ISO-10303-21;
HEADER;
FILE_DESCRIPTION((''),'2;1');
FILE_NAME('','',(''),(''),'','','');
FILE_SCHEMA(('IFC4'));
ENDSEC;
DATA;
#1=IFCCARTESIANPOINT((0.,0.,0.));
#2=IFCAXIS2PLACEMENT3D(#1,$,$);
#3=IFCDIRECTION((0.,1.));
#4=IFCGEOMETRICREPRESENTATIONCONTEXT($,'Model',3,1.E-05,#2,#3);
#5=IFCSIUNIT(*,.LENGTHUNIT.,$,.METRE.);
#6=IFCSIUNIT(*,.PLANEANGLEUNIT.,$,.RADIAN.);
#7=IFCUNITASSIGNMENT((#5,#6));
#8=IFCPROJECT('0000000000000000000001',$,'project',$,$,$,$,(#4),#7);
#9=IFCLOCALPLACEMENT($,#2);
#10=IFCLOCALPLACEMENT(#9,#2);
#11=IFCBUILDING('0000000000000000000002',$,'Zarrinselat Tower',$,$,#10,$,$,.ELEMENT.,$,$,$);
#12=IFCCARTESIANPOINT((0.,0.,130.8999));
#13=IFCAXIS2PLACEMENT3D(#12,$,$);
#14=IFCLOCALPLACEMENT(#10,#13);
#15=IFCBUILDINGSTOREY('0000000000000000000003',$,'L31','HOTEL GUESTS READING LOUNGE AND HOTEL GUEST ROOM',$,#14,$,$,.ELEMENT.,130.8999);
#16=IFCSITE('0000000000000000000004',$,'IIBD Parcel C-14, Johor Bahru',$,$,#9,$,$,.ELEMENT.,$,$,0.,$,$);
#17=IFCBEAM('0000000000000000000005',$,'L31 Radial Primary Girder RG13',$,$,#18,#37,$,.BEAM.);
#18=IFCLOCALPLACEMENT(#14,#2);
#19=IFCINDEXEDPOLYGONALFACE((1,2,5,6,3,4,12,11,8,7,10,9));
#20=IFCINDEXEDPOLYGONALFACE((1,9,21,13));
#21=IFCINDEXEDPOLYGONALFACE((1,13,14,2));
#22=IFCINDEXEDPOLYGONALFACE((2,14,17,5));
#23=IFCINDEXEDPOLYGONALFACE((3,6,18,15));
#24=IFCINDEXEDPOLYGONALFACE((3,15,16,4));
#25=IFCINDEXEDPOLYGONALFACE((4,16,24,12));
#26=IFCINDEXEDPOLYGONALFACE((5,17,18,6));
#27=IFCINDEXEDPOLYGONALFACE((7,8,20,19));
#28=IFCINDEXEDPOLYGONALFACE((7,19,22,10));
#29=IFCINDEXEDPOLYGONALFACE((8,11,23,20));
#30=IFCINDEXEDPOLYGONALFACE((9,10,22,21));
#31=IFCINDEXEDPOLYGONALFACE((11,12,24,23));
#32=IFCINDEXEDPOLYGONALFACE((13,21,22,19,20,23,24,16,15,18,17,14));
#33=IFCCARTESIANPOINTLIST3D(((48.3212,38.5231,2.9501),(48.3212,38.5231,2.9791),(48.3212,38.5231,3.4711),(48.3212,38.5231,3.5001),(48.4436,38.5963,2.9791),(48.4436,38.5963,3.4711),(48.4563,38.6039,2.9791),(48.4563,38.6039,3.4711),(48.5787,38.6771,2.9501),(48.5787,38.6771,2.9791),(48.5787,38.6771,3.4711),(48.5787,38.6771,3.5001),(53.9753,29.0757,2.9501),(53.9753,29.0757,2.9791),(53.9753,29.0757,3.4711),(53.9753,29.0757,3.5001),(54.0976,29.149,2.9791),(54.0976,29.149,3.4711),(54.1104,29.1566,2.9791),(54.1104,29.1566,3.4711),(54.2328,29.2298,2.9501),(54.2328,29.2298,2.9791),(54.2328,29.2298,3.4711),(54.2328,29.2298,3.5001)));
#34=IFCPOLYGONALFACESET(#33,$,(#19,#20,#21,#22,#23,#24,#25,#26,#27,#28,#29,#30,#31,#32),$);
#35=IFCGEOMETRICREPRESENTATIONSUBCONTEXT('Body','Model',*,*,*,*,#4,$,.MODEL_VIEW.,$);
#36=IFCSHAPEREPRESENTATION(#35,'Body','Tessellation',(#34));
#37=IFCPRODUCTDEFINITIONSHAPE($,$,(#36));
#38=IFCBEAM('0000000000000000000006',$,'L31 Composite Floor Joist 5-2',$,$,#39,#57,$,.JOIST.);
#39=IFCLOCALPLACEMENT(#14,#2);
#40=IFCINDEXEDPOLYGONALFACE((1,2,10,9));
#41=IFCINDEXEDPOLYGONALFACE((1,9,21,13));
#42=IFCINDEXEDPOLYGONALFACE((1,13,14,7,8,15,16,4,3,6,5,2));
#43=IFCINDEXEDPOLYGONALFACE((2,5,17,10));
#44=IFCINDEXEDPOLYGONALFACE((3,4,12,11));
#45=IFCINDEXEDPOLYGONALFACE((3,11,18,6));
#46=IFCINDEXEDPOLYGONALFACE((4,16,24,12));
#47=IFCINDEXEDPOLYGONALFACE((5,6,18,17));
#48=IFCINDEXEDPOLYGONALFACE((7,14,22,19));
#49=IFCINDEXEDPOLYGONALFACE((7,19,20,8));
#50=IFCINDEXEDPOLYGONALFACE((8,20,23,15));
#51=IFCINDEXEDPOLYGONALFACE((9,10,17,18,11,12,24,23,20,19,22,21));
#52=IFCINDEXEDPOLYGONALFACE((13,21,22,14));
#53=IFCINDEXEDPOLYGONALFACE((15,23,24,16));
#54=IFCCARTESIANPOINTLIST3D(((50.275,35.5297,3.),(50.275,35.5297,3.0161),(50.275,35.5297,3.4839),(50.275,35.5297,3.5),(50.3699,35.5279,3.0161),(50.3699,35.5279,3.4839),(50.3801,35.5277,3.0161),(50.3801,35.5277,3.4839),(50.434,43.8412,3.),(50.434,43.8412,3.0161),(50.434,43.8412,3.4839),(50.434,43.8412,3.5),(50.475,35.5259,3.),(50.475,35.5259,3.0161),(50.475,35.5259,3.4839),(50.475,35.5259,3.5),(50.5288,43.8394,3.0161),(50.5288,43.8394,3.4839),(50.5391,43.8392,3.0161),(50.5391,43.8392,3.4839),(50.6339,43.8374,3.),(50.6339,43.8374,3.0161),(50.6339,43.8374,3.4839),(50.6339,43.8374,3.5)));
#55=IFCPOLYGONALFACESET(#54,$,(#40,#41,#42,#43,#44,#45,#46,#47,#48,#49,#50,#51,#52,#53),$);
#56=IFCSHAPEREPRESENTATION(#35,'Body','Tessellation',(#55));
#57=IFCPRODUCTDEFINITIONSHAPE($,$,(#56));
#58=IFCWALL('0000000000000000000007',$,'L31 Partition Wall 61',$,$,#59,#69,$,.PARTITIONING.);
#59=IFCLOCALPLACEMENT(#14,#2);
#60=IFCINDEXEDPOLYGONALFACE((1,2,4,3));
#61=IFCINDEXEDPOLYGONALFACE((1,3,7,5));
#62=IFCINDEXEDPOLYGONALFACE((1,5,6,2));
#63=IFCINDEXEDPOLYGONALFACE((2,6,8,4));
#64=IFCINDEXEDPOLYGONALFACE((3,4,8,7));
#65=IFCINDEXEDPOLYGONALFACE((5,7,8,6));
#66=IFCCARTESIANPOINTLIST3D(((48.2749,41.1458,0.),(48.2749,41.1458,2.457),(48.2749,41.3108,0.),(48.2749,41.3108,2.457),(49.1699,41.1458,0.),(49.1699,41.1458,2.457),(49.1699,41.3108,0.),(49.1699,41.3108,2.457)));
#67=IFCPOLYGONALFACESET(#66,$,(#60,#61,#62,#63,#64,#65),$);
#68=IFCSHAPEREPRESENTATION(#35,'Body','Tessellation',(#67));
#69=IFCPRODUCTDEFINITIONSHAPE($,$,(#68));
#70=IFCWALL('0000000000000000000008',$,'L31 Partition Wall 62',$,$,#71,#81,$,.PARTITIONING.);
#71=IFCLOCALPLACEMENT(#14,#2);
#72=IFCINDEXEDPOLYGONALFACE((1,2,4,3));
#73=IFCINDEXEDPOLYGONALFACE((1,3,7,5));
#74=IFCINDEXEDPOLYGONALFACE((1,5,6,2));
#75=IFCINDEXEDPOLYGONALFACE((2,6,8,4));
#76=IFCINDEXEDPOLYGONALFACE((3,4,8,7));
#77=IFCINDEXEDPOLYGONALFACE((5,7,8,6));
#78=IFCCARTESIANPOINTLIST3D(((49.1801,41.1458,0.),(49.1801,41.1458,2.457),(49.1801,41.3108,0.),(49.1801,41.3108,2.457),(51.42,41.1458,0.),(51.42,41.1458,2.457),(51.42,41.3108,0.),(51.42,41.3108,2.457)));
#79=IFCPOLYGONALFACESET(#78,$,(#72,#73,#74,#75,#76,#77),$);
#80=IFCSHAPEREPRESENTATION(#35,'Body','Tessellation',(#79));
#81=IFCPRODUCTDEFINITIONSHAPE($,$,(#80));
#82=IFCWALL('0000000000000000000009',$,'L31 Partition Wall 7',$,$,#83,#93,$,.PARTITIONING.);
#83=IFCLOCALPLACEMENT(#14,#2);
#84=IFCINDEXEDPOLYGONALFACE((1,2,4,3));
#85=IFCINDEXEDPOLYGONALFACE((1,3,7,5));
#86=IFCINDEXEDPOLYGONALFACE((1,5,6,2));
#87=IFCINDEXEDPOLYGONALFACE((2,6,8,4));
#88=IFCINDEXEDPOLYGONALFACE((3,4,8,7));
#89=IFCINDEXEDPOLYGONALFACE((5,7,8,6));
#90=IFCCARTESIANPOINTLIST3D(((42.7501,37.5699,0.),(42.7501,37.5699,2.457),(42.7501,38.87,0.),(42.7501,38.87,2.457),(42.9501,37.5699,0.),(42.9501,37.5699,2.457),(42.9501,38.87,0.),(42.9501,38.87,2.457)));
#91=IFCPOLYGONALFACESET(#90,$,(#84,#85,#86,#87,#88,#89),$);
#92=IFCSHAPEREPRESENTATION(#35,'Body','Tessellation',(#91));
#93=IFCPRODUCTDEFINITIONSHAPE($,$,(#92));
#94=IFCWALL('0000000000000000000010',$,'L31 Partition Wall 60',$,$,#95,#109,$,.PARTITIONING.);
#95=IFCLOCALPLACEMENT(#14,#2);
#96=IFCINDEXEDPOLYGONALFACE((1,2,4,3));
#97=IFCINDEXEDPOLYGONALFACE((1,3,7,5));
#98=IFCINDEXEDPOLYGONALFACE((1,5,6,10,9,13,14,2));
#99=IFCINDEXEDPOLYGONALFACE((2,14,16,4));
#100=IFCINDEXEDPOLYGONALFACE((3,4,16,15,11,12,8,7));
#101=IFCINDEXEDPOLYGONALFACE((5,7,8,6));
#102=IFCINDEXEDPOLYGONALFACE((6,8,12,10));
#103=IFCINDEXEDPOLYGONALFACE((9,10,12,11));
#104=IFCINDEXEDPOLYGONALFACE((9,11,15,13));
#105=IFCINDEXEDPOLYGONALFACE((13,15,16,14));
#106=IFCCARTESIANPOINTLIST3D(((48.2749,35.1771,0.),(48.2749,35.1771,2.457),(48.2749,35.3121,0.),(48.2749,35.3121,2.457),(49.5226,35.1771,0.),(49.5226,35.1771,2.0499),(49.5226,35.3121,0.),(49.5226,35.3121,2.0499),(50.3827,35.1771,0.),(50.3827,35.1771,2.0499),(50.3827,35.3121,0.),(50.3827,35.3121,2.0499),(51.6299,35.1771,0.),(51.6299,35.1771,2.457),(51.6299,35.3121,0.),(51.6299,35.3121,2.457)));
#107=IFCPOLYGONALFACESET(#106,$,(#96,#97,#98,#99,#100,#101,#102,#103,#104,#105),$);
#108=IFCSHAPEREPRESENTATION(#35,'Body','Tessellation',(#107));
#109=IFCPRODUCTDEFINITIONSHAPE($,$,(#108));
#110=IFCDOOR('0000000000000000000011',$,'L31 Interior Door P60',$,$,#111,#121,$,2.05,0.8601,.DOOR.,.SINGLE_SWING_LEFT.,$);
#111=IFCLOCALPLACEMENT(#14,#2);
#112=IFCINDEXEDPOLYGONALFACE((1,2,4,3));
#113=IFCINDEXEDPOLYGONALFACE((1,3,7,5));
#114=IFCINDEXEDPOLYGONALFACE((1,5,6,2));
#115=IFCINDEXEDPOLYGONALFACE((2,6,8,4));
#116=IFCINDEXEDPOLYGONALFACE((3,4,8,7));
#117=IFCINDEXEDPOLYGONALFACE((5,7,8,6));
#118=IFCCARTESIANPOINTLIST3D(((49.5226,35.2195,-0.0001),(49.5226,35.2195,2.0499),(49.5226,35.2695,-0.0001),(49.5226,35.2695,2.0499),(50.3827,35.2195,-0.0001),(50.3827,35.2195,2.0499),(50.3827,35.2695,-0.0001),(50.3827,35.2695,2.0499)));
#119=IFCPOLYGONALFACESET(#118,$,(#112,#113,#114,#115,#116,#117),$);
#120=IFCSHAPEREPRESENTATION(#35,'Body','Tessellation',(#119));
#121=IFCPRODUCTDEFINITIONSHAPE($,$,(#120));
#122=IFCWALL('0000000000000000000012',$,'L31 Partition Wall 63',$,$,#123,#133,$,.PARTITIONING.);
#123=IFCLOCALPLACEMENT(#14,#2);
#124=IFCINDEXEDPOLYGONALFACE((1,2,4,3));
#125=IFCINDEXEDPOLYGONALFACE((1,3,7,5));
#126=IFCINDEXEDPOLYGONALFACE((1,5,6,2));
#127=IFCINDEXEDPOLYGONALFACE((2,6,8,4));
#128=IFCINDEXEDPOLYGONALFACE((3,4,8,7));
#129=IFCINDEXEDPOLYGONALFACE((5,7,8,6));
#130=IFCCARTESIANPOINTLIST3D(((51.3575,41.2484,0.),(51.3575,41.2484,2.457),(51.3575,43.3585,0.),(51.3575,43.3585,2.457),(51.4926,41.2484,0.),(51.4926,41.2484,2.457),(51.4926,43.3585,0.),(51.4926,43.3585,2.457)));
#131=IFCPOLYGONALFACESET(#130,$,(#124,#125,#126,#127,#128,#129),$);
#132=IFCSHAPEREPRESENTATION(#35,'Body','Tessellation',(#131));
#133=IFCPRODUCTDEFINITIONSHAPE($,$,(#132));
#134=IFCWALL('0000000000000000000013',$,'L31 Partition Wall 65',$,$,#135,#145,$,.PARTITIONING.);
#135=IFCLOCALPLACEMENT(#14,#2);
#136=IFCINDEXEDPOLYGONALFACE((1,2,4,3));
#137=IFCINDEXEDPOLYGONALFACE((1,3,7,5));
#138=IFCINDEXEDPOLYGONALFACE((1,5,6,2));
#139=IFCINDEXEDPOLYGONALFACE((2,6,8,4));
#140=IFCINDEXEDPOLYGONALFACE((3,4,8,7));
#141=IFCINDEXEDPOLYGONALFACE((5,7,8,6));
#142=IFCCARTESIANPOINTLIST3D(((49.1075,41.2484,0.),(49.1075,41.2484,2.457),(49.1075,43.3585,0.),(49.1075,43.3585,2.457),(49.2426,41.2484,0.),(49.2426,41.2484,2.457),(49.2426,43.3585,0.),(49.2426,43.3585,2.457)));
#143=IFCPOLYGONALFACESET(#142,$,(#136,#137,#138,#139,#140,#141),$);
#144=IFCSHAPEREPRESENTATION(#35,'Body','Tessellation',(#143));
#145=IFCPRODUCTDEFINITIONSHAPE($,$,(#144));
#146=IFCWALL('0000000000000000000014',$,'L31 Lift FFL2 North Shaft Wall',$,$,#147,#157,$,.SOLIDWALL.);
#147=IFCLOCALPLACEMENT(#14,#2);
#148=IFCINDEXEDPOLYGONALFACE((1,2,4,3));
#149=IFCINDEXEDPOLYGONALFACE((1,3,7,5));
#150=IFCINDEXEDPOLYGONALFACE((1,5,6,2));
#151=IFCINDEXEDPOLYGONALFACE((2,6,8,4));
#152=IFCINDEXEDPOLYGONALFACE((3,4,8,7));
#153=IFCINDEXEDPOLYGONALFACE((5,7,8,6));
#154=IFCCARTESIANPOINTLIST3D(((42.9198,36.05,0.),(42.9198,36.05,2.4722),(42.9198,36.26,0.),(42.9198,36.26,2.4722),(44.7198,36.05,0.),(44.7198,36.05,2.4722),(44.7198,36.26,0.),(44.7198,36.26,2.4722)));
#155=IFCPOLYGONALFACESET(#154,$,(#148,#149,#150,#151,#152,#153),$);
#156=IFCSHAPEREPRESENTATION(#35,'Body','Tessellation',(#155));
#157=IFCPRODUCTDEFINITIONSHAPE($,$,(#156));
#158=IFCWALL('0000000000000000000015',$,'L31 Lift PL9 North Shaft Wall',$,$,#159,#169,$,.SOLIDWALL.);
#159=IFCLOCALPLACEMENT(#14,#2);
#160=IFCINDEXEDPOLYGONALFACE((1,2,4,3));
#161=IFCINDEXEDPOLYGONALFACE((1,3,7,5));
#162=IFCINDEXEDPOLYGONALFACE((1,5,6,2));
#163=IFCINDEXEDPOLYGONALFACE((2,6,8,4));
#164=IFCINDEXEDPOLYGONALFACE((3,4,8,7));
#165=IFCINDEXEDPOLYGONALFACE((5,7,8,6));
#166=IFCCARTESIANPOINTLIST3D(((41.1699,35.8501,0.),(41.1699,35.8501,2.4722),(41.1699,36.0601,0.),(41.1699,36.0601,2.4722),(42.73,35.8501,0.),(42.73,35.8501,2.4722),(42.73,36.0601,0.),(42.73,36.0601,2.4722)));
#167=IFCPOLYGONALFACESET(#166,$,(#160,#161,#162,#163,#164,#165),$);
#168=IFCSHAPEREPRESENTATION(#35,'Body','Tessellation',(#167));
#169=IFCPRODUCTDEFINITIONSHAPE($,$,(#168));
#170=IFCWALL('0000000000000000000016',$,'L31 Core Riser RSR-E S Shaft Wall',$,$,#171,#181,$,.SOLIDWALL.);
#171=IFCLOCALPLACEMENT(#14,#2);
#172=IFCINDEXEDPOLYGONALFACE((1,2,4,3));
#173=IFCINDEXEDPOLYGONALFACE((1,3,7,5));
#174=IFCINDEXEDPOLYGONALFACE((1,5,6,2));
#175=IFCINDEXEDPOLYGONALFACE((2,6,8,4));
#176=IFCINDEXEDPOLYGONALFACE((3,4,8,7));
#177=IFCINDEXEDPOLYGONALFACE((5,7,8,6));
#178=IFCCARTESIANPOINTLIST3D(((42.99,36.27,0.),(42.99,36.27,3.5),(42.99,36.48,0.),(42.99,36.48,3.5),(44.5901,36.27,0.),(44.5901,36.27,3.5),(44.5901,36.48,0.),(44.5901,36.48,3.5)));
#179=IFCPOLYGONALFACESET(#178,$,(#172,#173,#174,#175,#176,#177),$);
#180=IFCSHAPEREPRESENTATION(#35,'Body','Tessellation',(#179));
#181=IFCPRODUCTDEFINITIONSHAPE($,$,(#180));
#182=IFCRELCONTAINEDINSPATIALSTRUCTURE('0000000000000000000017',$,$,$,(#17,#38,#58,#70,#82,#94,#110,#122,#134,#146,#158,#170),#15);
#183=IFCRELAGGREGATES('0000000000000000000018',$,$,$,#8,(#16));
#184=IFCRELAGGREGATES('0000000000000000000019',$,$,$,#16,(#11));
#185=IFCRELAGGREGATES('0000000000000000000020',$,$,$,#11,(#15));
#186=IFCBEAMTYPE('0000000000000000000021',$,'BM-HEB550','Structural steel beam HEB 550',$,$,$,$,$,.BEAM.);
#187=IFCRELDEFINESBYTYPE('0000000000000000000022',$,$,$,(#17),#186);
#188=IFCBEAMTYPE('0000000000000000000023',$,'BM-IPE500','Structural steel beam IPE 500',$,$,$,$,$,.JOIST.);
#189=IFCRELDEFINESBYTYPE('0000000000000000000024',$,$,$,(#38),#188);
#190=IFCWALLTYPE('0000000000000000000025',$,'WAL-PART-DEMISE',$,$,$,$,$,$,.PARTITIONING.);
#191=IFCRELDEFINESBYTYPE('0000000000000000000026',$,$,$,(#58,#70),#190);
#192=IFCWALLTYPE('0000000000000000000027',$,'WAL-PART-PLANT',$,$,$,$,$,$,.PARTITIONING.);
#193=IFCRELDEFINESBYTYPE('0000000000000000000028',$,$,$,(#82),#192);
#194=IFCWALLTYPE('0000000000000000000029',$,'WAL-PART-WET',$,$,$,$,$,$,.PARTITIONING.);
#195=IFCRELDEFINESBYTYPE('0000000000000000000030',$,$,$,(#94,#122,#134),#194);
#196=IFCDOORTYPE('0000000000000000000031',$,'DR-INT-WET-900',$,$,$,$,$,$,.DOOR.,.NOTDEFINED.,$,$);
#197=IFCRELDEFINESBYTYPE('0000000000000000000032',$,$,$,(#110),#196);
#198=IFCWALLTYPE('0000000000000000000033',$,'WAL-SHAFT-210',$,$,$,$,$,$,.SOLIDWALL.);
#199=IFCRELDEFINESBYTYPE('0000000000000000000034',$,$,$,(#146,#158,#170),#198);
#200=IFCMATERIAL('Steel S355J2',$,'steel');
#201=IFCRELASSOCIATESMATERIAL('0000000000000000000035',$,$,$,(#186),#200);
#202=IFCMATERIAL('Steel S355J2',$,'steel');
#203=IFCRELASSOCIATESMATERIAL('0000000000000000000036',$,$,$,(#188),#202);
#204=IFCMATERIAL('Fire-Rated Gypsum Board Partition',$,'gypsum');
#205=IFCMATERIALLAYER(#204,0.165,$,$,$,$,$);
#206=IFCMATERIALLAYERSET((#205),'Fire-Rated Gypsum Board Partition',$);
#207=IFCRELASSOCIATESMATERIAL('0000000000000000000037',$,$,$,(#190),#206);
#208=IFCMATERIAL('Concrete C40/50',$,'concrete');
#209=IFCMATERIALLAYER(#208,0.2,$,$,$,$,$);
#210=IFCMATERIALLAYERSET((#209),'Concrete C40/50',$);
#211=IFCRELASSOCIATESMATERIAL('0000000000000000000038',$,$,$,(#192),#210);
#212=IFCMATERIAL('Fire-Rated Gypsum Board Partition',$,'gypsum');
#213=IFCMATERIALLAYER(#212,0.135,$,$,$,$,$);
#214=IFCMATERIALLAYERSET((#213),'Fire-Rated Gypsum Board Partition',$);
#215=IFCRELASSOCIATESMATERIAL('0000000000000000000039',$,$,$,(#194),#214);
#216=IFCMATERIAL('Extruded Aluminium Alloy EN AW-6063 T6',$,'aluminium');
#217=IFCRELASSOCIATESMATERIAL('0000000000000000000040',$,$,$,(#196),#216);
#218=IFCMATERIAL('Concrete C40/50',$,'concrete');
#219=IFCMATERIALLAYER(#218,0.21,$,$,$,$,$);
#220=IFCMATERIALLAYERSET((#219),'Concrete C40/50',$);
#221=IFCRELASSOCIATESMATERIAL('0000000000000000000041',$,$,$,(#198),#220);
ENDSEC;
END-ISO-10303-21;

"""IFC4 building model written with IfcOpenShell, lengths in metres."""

from ifc_helpers import new_model, si_unit, direction, frame, frame_2d, origin, origin_2d, place, context, subcontext, project, spatial, rectangle, i_section, extrude, material, layer, layer_set, material_profile, profile_set, type_object, element, fill, save


model = new_model("IFC4")

# Units and contexts
model_context = context("Model", 3, precision=1e-05, world=origin(), true_north=direction((0.0, 1.0)))
body_context = subcontext(model_context, "Body", "Model", "MODEL_VIEW")
ifc_project = project(units=[si_unit("LENGTHUNIT", "METRE"), si_unit("PLANEANGLEUNIT", "RADIAN")], contexts=[model_context])

# Site, building, storey
site_placement = place(None, origin())
site = spatial("IfcSite", under=ifc_project, at=site_placement, Name="IIBD Parcel C-14, Johor Bahru", CompositionType="ELEMENT", RefElevation=0.0)
building_placement = place(site_placement, origin())
building = spatial("IfcBuilding", under=site, at=building_placement, Name="Zarrinselat Tower", CompositionType="ELEMENT")
storey_placement = place(building_placement, frame((0.0, 0.0, 130.8999)))
storey = spatial("IfcBuildingStorey", under=building, at=storey_placement, Name="L31", Description="HOTEL GUESTS READING LOUNGE AND HOTEL GUEST ROOM", CompositionType="ELEMENT", Elevation=130.8999)

# Beams
ifc_material_1 = material(Name="Steel S355J2", Category="steel")
ifc_material_profile_1 = material_profile(ifc_material_1, i_section(OverallWidth=0.3, OverallDepth=0.55, WebThickness=0.0149, FlangeThickness=0.0291, at=origin_2d()), Name="HEB 550")
ifc_profile_set_1 = profile_set([ifc_material_profile_1], Name="Steel S355J2")
beam_type_1 = type_object("IfcBeamType", Name="BM-HEB550", Description="Structural steel beam HEB 550", PredefinedType="BEAM", material=ifc_profile_set_1)
beam_1_placement = place(storey_placement, frame((48.45, 38.6001, 3.2251), z_axis=(0.51354, -0.858066, 0.0), x_axis=(0.858066, 0.51354, 0.0)))
element("IfcBeam", 1, at=beam_1_placement, inside=storey, type_object=beam_type_1, Name="L31 Radial Primary Girder RG13", PredefinedType="BEAM", context=body_context, shape_type="SweptSolid", body=[
    extrude(i_section(OverallWidth=0.3, OverallDepth=0.55, WebThickness=0.0149, FlangeThickness=0.0291, at=origin_2d()), origin(), (0.0, 0.0, 1.0), 11.01),
])
ifc_material_2 = material(Name="Steel S355J2", Category="steel")
ifc_material_profile_2 = material_profile(ifc_material_2, i_section(OverallWidth=0.2, OverallDepth=0.5, WebThickness=0.0103, FlangeThickness=0.0161, at=origin_2d()), Name="IPE 500")
ifc_profile_set_2 = profile_set([ifc_material_profile_2], Name="Steel S355J2")
beam_type_2 = type_object("IfcBeamType", Name="BM-IPE500", Description="Structural steel beam IPE 500", PredefinedType="JOIST", material=ifc_profile_set_2)
beam_2_placement = place(storey_placement, frame((50.375, 35.5278, 3.25), z_axis=(0.019119, 0.999817, 0.0), x_axis=(-0.999817, 0.019119, 0.0)))
element("IfcBeam", 2, at=beam_2_placement, inside=storey, type_object=beam_type_2, Name="L31 Composite Floor Joist 5-2", PredefinedType="JOIST", context=body_context, shape_type="SweptSolid", body=[
    extrude(i_section(OverallWidth=0.2, OverallDepth=0.5, WebThickness=0.0103, FlangeThickness=0.0161, at=origin_2d()), origin(), (0.0, 0.0, 1.0), 8.313),
])

# Walls
ifc_material_3 = material(Name="Fire-Rated Gypsum Board Partition", Category="gypsum")
ifc_layer_1 = layer(ifc_material_3, 0.165)
ifc_layer_set_1 = layer_set([ifc_layer_1], Name="Fire-Rated Gypsum Board Partition")
wall_type_1 = type_object("IfcWallType", Name="WAL-PART-DEMISE", PredefinedType="PARTITIONING", material=ifc_layer_set_1)
wall_1_placement = place(storey_placement, frame((48.2749, 41.2283, 0.0), z_axis=(0.0, 0.0, 1.0), x_axis=(1.0, 0.0, 0.0)))
element("IfcWall", 3, at=wall_1_placement, inside=storey, type_object=wall_type_1, Name="L31 Partition Wall 61", PredefinedType="PARTITIONING", context=body_context, shape_type="SweptSolid", body=[
    extrude(rectangle(XDim=0.895, YDim=0.165, at=frame_2d((0.4475, 0.0))), origin(), (0.0, 0.0, 1.0), 2.457),
])
wall_2_placement = place(storey_placement, frame((49.1799, 41.2283, 0.0), z_axis=(0.0, 0.0, 1.0), x_axis=(1.0, 0.0, 0.0)))
element("IfcWall", 4, at=wall_2_placement, inside=storey, type_object=wall_type_1, Name="L31 Partition Wall 62", PredefinedType="PARTITIONING", context=body_context, shape_type="SweptSolid", body=[
    extrude(rectangle(XDim=2.24, YDim=0.165, at=frame_2d((1.1201, 0.0))), origin(), (0.0, 0.0, 1.0), 2.457),
])
ifc_material_4 = material(Name="Concrete C40/50", Category="concrete")
ifc_layer_2 = layer(ifc_material_4, 0.2)
ifc_layer_set_2 = layer_set([ifc_layer_2], Name="Concrete C40/50")
wall_type_2 = type_object("IfcWallType", Name="WAL-PART-PLANT", PredefinedType="PARTITIONING", material=ifc_layer_set_2)
wall_3_placement = place(storey_placement, frame((42.8501, 37.5701, 0.0), z_axis=(0.0, 0.0, 1.0), x_axis=(0.0, 1.0, 0.0)))
element("IfcWall", 5, at=wall_3_placement, inside=storey, type_object=wall_type_2, Name="L31 Partition Wall 7", PredefinedType="PARTITIONING", context=body_context, shape_type="SweptSolid", body=[
    extrude(rectangle(XDim=1.3, YDim=0.2, at=frame_2d((0.6499, 0.0))), origin(), (0.0, 0.0, 1.0), 2.457),
])

# Wall, opening, door
ifc_material_5 = material(Name="Fire-Rated Gypsum Board Partition", Category="gypsum")
ifc_layer_3 = layer(ifc_material_5, 0.135)
ifc_layer_set_3 = layer_set([ifc_layer_3], Name="Fire-Rated Gypsum Board Partition")
wall_type_3 = type_object("IfcWallType", Name="WAL-PART-WET", PredefinedType="PARTITIONING", material=ifc_layer_set_3)
wall_4_placement = place(storey_placement, frame((48.2749, 35.2446, 0.0), z_axis=(0.0, 0.0, 1.0), x_axis=(1.0, 0.0, 0.0)))
wall_4 = element("IfcWall", 6, at=wall_4_placement, inside=storey, type_object=wall_type_3, Name="L31 Partition Wall 60", PredefinedType="PARTITIONING", context=body_context, shape_type="SweptSolid", body=[
    extrude(rectangle(XDim=3.355, YDim=0.135, at=frame_2d((1.6775, 0.0))), origin(), (0.0, 0.0, 1.0), 2.457),
])
opening_placement = place(wall_4_placement, frame((1.2476, 0.0, 0.0)))
opening = element("IfcOpeningElement", 7, at=opening_placement, cuts=wall_4, PredefinedType="OPENING", context=body_context, shape_type="SweptSolid", body=[
    extrude(rectangle(XDim=0.8601, YDim=2.05, at=frame_2d((0.4302, 1.0249))), frame((0.0, 0.0774, 0.0), z_axis=(0.0, -1.0, 0.0), x_axis=(1.0, 0.0, 0.0)), (0.0, 0.0, 1.0), 0.155),
])
ifc_material_6 = material(Name="Extruded Aluminium Alloy EN AW-6063 T6", Category="aluminium")
door_type = type_object("IfcDoorType", Name="DR-INT-WET-900", OperationType="NOTDEFINED", PredefinedType="DOOR", material=ifc_material_6)
door_placement = place(opening_placement, origin())
door = element("IfcDoor", 8, at=door_placement, inside=storey, type_object=door_type, Name="L31 Interior Door P60", OperationType="SINGLE_SWING_LEFT", OverallHeight=2.05, OverallWidth=0.8601, PredefinedType="DOOR", context=body_context, shape_type="SweptSolid", body=[
    extrude(rectangle(XDim=0.8601, YDim=2.05, at=frame_2d((0.4302, 1.0249))), frame((0.0, 0.0249, 0.0), z_axis=(0.0, -1.0, 0.0), x_axis=(1.0, 0.0, 0.0)), (0.0, 0.0, 1.0), 0.05),
])
fill(opening, door)

# Walls
for number, where, z_axis, x_axis, name in (
    (9, (51.425, 41.2483, 0.0), (0.0, 0.0, 1.0), (0.0, 1.0, 0.0), "L31 Partition Wall 63"),
    (10, (49.175, 41.2483, 0.0), (0.0, 0.0, 1.0), (0.0, 1.0, 0.0), "L31 Partition Wall 65"),
):
    element("IfcWall", number, at=place(storey_placement, frame(where, z_axis=z_axis, x_axis=x_axis)), inside=storey, type_object=wall_type_3, Name=name, PredefinedType="PARTITIONING", context=body_context, shape_type="SweptSolid", body=[
        extrude(rectangle(XDim=2.1101, YDim=0.135, at=frame_2d((1.0552, 0.0))), origin(), (0.0, 0.0, 1.0), 2.457),
    ])
ifc_material_7 = material(Name="Concrete C40/50", Category="concrete")
ifc_layer_4 = layer(ifc_material_7, 0.21)
ifc_layer_set_4 = layer_set([ifc_layer_4], Name="Concrete C40/50")
wall_type_4 = type_object("IfcWallType", Name="WAL-SHAFT-210", PredefinedType="SOLIDWALL", material=ifc_layer_set_4)
wall_5_placement = place(storey_placement, frame((42.9199, 36.155, 0.0), z_axis=(0.0, 0.0, 1.0), x_axis=(1.0, 0.0, 0.0)))
element("IfcWall", 11, at=wall_5_placement, inside=storey, type_object=wall_type_4, Name="L31 Lift FFL2 North Shaft Wall", PredefinedType="SOLIDWALL", context=body_context, shape_type="SweptSolid", body=[
    extrude(rectangle(XDim=1.8, YDim=0.21, at=frame_2d((0.8999, 0.0))), origin(), (0.0, 0.0, 1.0), 2.4722),
])
wall_6_placement = place(storey_placement, frame((41.1699, 35.9551, 0.0), z_axis=(0.0, 0.0, 1.0), x_axis=(1.0, 0.0, 0.0)))
element("IfcWall", 12, at=wall_6_placement, inside=storey, type_object=wall_type_4, Name="L31 Lift PL9 North Shaft Wall", PredefinedType="SOLIDWALL", context=body_context, shape_type="SweptSolid", body=[
    extrude(rectangle(XDim=1.5601, YDim=0.21, at=frame_2d((0.78, 0.0))), origin(), (0.0, 0.0, 1.0), 2.4722),
])
for number, where, z_axis, x_axis, name in (
    (13, (42.99, 36.375, 0.0), (0.0, 0.0, 1.0), (1.0, 0.0, 0.0), "L31 Core Riser RSR-E S Shaft Wall"),
):
    element("IfcWall", number, at=place(storey_placement, frame(where, z_axis=z_axis, x_axis=x_axis)), inside=storey, type_object=wall_type_4, Name=name, PredefinedType="SOLIDWALL", context=body_context, shape_type="SweptSolid", body=[
        extrude(rectangle(XDim=1.6001, YDim=0.21, at=frame_2d((0.8, 0.0))), origin(), (0.0, 0.0, 1.0), 3.5),
    ])

save(model, "model.ifc")
